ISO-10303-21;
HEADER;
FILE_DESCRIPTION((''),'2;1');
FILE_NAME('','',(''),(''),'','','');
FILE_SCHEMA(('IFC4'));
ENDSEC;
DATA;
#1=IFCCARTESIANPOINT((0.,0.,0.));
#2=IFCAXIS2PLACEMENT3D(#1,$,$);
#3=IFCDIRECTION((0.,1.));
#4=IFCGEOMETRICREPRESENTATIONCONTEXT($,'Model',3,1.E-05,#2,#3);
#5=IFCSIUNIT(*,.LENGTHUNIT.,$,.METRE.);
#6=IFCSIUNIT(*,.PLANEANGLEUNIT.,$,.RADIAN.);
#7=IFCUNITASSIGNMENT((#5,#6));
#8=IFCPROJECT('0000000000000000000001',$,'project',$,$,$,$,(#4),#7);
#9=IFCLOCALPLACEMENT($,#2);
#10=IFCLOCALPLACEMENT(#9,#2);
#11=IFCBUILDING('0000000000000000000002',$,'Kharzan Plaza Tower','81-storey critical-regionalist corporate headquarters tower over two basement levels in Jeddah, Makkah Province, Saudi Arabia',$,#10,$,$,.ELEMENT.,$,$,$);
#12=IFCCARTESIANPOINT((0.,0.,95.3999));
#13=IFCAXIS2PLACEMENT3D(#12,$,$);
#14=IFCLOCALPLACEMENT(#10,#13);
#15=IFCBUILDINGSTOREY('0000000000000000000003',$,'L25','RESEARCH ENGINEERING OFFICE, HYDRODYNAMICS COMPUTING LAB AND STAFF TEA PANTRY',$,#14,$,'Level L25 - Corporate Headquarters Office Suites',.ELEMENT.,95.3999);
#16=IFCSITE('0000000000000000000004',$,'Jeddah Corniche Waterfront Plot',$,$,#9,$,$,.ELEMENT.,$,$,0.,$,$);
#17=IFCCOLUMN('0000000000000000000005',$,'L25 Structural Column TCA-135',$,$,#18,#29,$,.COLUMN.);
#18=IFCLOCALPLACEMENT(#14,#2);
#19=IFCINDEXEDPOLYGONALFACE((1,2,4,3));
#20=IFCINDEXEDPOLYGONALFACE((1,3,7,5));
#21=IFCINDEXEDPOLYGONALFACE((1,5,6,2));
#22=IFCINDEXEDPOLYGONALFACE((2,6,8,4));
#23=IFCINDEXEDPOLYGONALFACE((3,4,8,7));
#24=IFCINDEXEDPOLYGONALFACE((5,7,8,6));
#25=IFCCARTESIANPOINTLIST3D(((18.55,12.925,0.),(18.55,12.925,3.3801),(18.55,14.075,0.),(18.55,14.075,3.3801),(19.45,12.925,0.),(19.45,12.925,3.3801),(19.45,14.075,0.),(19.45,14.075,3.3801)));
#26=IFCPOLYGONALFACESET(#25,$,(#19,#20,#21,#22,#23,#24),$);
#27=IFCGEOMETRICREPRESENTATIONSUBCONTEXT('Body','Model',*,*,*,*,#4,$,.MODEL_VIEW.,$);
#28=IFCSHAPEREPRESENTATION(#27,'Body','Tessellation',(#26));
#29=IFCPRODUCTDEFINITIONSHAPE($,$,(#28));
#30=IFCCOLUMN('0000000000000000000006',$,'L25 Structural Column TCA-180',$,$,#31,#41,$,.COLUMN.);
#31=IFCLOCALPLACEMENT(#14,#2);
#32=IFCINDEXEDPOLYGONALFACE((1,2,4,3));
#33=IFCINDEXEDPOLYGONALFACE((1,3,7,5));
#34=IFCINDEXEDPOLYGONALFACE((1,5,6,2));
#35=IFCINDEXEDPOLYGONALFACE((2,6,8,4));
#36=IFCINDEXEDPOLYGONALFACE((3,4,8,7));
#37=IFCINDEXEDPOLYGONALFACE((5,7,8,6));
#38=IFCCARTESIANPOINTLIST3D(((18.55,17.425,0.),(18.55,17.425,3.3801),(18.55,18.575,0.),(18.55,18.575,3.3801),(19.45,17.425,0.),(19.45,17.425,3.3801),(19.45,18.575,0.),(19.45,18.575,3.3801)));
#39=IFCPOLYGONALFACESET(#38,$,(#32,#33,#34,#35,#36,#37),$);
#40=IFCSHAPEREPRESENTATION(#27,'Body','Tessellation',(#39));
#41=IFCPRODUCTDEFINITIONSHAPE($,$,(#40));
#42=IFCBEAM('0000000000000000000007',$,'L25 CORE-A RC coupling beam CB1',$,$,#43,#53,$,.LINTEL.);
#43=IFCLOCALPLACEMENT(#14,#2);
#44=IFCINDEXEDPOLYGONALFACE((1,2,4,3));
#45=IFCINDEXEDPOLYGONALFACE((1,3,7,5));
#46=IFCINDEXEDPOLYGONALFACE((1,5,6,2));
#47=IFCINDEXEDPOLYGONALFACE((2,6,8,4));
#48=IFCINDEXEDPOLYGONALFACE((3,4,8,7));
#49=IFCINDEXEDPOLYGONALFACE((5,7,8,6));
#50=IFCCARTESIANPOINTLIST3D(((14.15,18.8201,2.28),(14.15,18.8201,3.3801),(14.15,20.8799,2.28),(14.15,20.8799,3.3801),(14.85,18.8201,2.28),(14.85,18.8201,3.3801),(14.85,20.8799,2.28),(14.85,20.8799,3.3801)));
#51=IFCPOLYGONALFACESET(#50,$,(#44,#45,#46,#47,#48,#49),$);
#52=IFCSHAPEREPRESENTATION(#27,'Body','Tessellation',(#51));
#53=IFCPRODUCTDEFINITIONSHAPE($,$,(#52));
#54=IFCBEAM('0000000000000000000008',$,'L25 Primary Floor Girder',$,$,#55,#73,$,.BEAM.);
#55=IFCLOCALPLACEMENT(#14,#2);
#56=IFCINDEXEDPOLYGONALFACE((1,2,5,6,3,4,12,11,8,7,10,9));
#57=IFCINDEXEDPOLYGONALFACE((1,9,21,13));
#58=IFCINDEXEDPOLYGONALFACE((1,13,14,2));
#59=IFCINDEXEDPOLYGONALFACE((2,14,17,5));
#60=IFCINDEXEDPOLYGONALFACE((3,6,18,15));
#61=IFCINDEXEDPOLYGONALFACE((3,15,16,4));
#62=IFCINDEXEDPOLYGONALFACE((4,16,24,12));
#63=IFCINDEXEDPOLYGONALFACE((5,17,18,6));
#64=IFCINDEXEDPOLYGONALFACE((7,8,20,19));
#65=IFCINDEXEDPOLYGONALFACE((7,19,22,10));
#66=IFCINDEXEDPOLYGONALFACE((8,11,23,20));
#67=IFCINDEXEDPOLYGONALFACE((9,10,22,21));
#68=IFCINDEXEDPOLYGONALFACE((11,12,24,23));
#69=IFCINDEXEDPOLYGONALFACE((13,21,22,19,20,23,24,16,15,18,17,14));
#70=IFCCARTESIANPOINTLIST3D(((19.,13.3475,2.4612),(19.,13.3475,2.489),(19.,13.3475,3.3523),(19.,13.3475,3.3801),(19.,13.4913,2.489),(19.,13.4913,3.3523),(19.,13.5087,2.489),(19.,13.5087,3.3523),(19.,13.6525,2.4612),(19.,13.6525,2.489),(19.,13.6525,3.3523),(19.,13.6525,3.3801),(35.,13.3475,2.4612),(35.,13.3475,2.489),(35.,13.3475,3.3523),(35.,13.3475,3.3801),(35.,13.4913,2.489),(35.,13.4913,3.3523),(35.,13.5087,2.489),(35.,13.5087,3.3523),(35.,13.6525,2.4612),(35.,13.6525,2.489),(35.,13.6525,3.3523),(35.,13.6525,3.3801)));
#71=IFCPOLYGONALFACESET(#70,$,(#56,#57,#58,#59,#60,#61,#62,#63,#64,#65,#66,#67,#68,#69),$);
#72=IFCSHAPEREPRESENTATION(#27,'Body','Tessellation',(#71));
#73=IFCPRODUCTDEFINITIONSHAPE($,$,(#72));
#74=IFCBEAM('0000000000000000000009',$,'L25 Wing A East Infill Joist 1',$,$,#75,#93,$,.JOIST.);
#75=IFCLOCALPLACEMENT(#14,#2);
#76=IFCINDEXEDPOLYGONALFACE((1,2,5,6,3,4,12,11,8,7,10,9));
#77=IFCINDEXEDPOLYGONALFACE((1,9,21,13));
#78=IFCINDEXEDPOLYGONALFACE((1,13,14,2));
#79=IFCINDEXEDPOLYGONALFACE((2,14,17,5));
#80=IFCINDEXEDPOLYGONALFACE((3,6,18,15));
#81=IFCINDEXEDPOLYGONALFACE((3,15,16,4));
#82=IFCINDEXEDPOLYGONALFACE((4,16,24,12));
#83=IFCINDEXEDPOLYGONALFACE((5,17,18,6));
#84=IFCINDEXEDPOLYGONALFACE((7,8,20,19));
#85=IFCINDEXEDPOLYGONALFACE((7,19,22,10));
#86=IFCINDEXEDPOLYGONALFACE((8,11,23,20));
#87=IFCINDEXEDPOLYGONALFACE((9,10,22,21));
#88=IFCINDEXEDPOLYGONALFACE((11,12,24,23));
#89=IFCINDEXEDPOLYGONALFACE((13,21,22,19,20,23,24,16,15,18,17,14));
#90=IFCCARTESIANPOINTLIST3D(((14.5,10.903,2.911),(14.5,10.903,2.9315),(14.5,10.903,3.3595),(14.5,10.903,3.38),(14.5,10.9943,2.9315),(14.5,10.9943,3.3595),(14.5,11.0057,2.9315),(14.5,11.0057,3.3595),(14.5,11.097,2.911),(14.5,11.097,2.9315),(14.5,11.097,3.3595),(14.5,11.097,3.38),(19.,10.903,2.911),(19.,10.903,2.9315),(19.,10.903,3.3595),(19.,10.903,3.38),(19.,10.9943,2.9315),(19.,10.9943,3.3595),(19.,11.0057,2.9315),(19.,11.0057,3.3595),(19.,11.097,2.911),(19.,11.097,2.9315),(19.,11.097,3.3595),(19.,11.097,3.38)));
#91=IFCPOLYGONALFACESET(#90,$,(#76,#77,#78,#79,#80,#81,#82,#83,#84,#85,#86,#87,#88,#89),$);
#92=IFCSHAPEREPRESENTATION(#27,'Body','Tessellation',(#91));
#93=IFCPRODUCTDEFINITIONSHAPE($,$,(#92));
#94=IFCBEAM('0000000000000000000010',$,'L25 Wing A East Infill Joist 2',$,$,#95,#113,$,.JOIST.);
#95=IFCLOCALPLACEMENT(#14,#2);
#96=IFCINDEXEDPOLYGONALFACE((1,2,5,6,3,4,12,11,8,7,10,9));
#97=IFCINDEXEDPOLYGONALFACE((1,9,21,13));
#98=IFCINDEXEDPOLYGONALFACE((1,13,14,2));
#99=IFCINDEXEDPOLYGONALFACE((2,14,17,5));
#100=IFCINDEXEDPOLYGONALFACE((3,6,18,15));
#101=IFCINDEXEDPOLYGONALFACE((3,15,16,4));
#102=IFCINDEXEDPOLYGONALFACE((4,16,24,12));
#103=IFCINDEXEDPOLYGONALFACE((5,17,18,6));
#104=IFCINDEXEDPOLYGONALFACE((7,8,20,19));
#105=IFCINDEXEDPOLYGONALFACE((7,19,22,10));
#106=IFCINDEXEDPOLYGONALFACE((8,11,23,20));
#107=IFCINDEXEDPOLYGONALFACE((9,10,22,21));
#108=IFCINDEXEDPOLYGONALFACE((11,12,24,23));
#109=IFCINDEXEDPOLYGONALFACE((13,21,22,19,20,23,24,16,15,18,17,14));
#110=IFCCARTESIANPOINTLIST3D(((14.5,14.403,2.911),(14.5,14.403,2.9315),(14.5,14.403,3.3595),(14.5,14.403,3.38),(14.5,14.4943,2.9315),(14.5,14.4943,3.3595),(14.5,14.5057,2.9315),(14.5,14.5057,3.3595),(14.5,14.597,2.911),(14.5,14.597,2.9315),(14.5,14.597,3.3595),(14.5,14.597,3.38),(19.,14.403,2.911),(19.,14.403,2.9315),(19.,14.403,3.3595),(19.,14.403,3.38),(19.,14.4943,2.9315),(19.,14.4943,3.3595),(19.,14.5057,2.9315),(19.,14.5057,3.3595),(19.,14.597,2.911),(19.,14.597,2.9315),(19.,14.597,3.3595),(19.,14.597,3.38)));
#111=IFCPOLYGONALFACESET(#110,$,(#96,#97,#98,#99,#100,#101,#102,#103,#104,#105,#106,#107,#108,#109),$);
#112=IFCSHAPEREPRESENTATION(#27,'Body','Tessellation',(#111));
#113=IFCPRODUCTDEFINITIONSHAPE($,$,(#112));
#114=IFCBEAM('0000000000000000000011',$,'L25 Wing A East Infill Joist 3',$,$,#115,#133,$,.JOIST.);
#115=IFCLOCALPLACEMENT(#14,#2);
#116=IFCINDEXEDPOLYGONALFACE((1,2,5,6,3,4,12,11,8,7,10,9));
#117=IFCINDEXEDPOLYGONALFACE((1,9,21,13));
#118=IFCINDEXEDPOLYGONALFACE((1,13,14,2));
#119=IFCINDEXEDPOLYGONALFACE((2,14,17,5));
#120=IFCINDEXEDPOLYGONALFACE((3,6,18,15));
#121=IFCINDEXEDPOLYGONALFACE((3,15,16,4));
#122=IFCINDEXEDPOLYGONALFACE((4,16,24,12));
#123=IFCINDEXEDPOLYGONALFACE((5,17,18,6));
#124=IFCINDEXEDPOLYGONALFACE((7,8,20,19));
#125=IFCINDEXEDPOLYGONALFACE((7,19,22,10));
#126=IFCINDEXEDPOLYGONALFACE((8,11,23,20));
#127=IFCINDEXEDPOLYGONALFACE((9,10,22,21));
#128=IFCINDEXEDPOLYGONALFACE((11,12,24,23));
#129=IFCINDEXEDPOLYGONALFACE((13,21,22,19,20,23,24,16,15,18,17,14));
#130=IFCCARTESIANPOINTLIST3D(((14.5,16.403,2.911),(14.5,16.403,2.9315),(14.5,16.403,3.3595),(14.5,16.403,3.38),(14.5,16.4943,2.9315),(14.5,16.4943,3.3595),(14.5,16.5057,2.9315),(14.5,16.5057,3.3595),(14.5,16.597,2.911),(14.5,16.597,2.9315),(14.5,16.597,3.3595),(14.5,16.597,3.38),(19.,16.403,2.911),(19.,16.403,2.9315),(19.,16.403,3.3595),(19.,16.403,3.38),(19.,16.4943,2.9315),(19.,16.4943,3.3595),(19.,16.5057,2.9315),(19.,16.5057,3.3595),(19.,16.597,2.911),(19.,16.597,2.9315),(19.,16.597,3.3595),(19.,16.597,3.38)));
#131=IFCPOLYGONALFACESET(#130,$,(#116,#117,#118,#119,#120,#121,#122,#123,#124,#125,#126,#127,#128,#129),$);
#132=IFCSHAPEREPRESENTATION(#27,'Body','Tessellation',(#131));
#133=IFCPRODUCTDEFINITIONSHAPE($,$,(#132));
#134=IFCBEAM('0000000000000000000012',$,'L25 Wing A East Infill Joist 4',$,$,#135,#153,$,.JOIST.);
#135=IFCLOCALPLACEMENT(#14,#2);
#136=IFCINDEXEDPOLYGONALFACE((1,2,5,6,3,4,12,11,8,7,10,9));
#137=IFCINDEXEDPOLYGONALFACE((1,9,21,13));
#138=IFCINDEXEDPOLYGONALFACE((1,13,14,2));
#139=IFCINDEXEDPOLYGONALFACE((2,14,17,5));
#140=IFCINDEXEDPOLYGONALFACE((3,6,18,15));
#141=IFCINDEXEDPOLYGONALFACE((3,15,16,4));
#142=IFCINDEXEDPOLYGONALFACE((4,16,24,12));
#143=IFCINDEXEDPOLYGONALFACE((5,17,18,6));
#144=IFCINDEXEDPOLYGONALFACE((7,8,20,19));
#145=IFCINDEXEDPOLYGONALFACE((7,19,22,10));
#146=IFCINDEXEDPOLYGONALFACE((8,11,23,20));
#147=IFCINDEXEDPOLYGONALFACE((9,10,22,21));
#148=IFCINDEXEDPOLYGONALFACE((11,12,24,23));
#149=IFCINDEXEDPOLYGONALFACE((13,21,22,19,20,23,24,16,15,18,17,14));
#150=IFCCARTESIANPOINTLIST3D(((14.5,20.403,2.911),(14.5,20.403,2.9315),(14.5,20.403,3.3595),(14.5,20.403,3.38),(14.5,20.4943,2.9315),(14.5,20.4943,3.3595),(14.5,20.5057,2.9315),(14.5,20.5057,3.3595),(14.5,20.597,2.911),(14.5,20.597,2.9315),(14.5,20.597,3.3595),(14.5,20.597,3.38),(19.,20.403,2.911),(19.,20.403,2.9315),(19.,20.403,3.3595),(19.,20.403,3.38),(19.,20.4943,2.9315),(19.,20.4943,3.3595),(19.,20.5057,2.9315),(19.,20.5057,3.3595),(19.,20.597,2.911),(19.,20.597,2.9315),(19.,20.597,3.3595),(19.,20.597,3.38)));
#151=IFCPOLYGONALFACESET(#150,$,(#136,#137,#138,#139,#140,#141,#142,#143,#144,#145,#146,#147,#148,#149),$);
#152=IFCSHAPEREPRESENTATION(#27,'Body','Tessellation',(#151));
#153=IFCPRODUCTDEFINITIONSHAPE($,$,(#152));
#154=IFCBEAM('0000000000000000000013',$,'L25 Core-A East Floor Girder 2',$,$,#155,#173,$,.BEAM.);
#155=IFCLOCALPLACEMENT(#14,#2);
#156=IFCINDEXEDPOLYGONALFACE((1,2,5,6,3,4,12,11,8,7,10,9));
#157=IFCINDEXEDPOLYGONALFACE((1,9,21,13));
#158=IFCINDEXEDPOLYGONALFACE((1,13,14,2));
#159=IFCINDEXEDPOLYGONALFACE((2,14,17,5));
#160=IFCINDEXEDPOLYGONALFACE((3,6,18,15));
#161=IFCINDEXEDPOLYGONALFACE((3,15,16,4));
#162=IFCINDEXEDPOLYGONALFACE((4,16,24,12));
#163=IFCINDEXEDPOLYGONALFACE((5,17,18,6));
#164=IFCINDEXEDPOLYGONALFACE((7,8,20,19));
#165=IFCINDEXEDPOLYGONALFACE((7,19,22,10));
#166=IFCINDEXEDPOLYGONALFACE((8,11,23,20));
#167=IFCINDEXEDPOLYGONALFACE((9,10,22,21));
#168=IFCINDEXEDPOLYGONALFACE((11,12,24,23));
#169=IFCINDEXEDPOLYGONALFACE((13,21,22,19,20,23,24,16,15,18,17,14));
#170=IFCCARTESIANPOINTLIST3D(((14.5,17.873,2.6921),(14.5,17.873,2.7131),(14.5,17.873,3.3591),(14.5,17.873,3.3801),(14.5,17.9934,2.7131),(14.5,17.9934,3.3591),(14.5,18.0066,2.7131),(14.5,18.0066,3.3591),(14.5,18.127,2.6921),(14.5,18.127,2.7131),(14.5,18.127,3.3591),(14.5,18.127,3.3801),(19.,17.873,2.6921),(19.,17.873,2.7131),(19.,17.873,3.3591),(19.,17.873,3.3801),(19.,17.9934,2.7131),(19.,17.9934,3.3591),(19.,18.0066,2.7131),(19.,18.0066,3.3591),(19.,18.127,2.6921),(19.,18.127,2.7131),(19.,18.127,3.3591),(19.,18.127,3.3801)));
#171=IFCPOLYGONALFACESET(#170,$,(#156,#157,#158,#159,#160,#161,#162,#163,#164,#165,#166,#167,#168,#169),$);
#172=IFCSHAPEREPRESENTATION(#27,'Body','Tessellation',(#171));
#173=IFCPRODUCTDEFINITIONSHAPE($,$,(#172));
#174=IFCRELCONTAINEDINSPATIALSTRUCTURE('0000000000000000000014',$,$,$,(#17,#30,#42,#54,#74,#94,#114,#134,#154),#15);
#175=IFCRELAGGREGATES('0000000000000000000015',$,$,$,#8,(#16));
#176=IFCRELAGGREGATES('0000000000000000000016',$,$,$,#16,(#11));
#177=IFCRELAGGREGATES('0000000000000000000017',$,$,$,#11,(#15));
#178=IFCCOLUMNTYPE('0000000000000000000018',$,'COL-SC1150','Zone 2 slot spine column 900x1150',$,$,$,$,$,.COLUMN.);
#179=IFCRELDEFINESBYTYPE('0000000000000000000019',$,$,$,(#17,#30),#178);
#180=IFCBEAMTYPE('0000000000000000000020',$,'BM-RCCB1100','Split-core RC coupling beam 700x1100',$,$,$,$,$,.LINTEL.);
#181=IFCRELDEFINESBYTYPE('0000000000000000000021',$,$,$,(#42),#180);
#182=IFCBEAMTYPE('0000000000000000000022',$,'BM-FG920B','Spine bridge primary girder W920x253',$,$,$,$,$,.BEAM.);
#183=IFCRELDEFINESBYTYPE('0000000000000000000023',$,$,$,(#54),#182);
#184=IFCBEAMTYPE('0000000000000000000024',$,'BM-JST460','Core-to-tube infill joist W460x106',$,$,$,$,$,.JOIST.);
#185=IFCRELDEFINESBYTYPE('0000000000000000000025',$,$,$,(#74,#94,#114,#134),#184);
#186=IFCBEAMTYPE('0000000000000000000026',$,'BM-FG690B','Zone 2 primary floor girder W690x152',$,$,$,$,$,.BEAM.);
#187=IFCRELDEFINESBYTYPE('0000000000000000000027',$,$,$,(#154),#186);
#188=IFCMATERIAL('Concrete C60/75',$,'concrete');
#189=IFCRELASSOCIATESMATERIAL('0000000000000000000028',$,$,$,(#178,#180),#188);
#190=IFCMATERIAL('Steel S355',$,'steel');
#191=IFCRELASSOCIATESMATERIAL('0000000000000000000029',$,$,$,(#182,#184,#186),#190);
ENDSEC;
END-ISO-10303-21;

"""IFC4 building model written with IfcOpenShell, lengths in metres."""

from ifc_helpers import new_model, si_unit, direction, frame, origin, origin_2d, place, context, subcontext, project, spatial, rectangle, i_section, extrude, source, transform, mapped, material, material_profile, profile_set, type_object, element, save


model = new_model("IFC4")

# Units and contexts
model_context = context("Model", 3, precision=1e-05, world=origin(), true_north=direction((0.0, 1.0)))
body_context = subcontext(model_context, "Body", "Model", "MODEL_VIEW")
ifc_project = project(units=[si_unit("LENGTHUNIT", "METRE"), si_unit("PLANEANGLEUNIT", "RADIAN")], contexts=[model_context])

# Site, building, storey
site_placement = place(None, origin())
site = spatial("IfcSite", under=ifc_project, at=site_placement, Name="Jeddah Corniche Waterfront Plot", CompositionType="ELEMENT", RefElevation=0.0)
building_placement = place(site_placement, origin())
building = spatial("IfcBuilding", under=site, at=building_placement, Name="Kharzan Plaza Tower", Description="81-storey critical-regionalist corporate headquarters tower over two basement levels in Jeddah, Makkah Province, Saudi Arabia", CompositionType="ELEMENT")
storey_placement = place(building_placement, frame((0.0, 0.0, 95.3999)))
storey = spatial("IfcBuildingStorey", under=building, at=storey_placement, Name="L25", Description="RESEARCH ENGINEERING OFFICE, HYDRODYNAMICS COMPUTING LAB AND STAFF TEA PANTRY", LongName="Level L25 - Corporate Headquarters Office Suites", CompositionType="ELEMENT", Elevation=95.3999)

# Columns
ifc_material_1 = material(Name="Concrete C60/75", Category="concrete")
ifc_material_profile_1 = material_profile(ifc_material_1, rectangle(XDim=0.8999, YDim=1.1499, at=origin_2d()), Name="RC-SC1150x900")
ifc_profile_set_1 = profile_set([ifc_material_profile_1], Name="Concrete C60/75")
column_type = type_object("IfcColumnType", Name="COL-SC1150", Description="Zone 2 slot spine column 900x1150", PredefinedType="COLUMN", material=ifc_profile_set_1)
shared_shape_1 = source(origin(), body_context, "Body", "SweptSolid", [
    extrude(rectangle(XDim=0.8999, YDim=1.1499, at=origin_2d()), origin(), (0.0, 0.0, 1.0), 3.3801),
])
for number, where, z_axis, x_axis, name in (
    (1, (19.0, 13.5, 0.0), (0.0, 0.0, 1.0), (1.0, 0.0, 0.0), "L25 Structural Column TCA-135"),
    (2, (19.0, 18.0, 0.0), (0.0, 0.0, 1.0), (1.0, 0.0, 0.0), "L25 Structural Column TCA-180"),
):
    element("IfcColumn", number, at=place(storey_placement, frame(where, z_axis=z_axis, x_axis=x_axis)), inside=storey, type_object=column_type, Name=name, PredefinedType="COLUMN", context=body_context, shape_type="MappedRepresentation", body=[
        mapped(shared_shape_1, transform((0.0, 0.0, 0.0), x_axis=(1.0, 0.0, 0.0), y_axis=(0.0, 1.0, 0.0), z_axis=(0.0, 0.0, 1.0))),
    ])

# Beams
ifc_material_profile_2 = material_profile(ifc_material_1, rectangle(XDim=0.7, YDim=1.1001, at=origin_2d()), Name="RC-CB1100x700")
ifc_profile_set_2 = profile_set([ifc_material_profile_2], Name="Concrete C60/75")
beam_type_1 = type_object("IfcBeamType", Name="BM-RCCB1100", Description="Split-core RC coupling beam 700x1100", PredefinedType="LINTEL", material=ifc_profile_set_2)
shared_shape_2 = source(origin(), body_context, "Body", "SweptSolid", [
    extrude(rectangle(XDim=0.7, YDim=1.1001, at=origin_2d()), origin(), (0.0, 0.0, 1.0), 2.0598),
])
beam_1_placement = place(storey_placement, frame((14.5, 18.8201, 2.8301), z_axis=(0.0, 1.0, 0.0), x_axis=(-1.0, 0.0, 0.0)))
element("IfcBeam", 3, at=beam_1_placement, inside=storey, type_object=beam_type_1, Name="L25 CORE-A RC coupling beam CB1", PredefinedType="LINTEL", context=body_context, shape_type="MappedRepresentation", body=[
    mapped(shared_shape_2, transform((0.0, 0.0, 0.0), x_axis=(1.0, 0.0, 0.0), y_axis=(0.0, 1.0, 0.0), z_axis=(0.0, 0.0, 1.0))),
])
ifc_material_2 = material(Name="Steel S355", Category="steel")
ifc_material_profile_3 = material_profile(ifc_material_2, i_section(OverallWidth=0.3049, OverallDepth=0.9189, WebThickness=0.0173, FlangeThickness=0.0278, at=origin_2d()), Name="W920x253")
ifc_profile_set_3 = profile_set([ifc_material_profile_3], Name="Steel S355")
beam_type_2 = type_object("IfcBeamType", Name="BM-FG920B", Description="Spine bridge primary girder W920x253", PredefinedType="BEAM", material=ifc_profile_set_3)
shared_shape_3 = source(origin(), body_context, "Body", "SweptSolid", [
    extrude(i_section(OverallWidth=0.3049, OverallDepth=0.9189, WebThickness=0.0173, FlangeThickness=0.0278, at=origin_2d()), origin(), (0.0, 0.0, 1.0), 16.0),
])
beam_2_placement = place(storey_placement, frame((19.0, 13.5, 2.9207), z_axis=(1.0, 0.0, 0.0), x_axis=(0.0, 1.0, 0.0)))
element("IfcBeam", 4, at=beam_2_placement, inside=storey, type_object=beam_type_2, Name="L25 Primary Floor Girder", PredefinedType="BEAM", context=body_context, shape_type="MappedRepresentation", body=[
    mapped(shared_shape_3, transform((0.0, 0.0, 0.0), x_axis=(1.0, 0.0, 0.0), y_axis=(0.0, 1.0, 0.0), z_axis=(0.0, 0.0, 1.0))),
])
ifc_material_profile_4 = material_profile(ifc_material_2, i_section(OverallWidth=0.1941, OverallDepth=0.469, WebThickness=0.0115, FlangeThickness=0.0205, at=origin_2d()), Name="W460x106")
ifc_profile_set_4 = profile_set([ifc_material_profile_4], Name="Steel S355")
beam_type_3 = type_object("IfcBeamType", Name="BM-JST460", Description="Core-to-tube infill joist W460x106", PredefinedType="JOIST", material=ifc_profile_set_4)
shared_shape_4 = source(origin(), body_context, "Body", "SweptSolid", [
    extrude(i_section(OverallWidth=0.1941, OverallDepth=0.469, WebThickness=0.0115, FlangeThickness=0.0205, at=origin_2d()), origin(), (0.0, 0.0, 1.0), 4.5),
])
for number, where, z_axis, x_axis, name in (
    (5, (14.5, 11.0, 3.1455), (1.0, 0.0, 0.0), (0.0, 1.0, 0.0), "L25 Wing A East Infill Joist 1"),
    (6, (14.5, 14.5, 3.1455), (1.0, 0.0, 0.0), (0.0, 1.0, 0.0), "L25 Wing A East Infill Joist 2"),
    (7, (14.5, 16.5, 3.1455), (1.0, 0.0, 0.0), (0.0, 1.0, 0.0), "L25 Wing A East Infill Joist 3"),
    (8, (14.5, 20.5, 3.1455), (1.0, 0.0, 0.0), (0.0, 1.0, 0.0), "L25 Wing A East Infill Joist 4"),
):
    element("IfcBeam", number, at=place(storey_placement, frame(where, z_axis=z_axis, x_axis=x_axis)), inside=storey, type_object=beam_type_3, Name=name, PredefinedType="JOIST", context=body_context, shape_type="MappedRepresentation", body=[
        mapped(shared_shape_4, transform((0.0, 0.0, 0.0), x_axis=(1.0, 0.0, 0.0), y_axis=(0.0, 1.0, 0.0), z_axis=(0.0, 0.0, 1.0))),
    ])
ifc_material_profile_5 = material_profile(ifc_material_2, i_section(OverallWidth=0.2539, OverallDepth=0.688, WebThickness=0.0132, FlangeThickness=0.021, at=origin_2d()), Name="W690x152")
ifc_profile_set_5 = profile_set([ifc_material_profile_5], Name="Steel S355")
beam_type_4 = type_object("IfcBeamType", Name="BM-FG690B", Description="Zone 2 primary floor girder W690x152", PredefinedType="BEAM", material=ifc_profile_set_5)
shared_shape_5 = source(origin(), body_context, "Body", "SweptSolid", [
    extrude(i_section(OverallWidth=0.2539, OverallDepth=0.688, WebThickness=0.0132, FlangeThickness=0.021, at=origin_2d()), origin(), (0.0, 0.0, 1.0), 4.5),
])
for number, where, z_axis, x_axis, name in (
    (9, (14.5, 18.0, 3.0361), (1.0, 0.0, 0.0), (0.0, 1.0, 0.0), "L25 Core-A East Floor Girder 2"),
):
    element("IfcBeam", number, at=place(storey_placement, frame(where, z_axis=z_axis, x_axis=x_axis)), inside=storey, type_object=beam_type_4, Name=name, PredefinedType="BEAM", context=body_context, shape_type="MappedRepresentation", body=[
        mapped(shared_shape_5, transform((0.0, 0.0, 0.0), x_axis=(1.0, 0.0, 0.0), y_axis=(0.0, 1.0, 0.0), z_axis=(0.0, 0.0, 1.0))),
    ])

save(model, "model.ifc")
